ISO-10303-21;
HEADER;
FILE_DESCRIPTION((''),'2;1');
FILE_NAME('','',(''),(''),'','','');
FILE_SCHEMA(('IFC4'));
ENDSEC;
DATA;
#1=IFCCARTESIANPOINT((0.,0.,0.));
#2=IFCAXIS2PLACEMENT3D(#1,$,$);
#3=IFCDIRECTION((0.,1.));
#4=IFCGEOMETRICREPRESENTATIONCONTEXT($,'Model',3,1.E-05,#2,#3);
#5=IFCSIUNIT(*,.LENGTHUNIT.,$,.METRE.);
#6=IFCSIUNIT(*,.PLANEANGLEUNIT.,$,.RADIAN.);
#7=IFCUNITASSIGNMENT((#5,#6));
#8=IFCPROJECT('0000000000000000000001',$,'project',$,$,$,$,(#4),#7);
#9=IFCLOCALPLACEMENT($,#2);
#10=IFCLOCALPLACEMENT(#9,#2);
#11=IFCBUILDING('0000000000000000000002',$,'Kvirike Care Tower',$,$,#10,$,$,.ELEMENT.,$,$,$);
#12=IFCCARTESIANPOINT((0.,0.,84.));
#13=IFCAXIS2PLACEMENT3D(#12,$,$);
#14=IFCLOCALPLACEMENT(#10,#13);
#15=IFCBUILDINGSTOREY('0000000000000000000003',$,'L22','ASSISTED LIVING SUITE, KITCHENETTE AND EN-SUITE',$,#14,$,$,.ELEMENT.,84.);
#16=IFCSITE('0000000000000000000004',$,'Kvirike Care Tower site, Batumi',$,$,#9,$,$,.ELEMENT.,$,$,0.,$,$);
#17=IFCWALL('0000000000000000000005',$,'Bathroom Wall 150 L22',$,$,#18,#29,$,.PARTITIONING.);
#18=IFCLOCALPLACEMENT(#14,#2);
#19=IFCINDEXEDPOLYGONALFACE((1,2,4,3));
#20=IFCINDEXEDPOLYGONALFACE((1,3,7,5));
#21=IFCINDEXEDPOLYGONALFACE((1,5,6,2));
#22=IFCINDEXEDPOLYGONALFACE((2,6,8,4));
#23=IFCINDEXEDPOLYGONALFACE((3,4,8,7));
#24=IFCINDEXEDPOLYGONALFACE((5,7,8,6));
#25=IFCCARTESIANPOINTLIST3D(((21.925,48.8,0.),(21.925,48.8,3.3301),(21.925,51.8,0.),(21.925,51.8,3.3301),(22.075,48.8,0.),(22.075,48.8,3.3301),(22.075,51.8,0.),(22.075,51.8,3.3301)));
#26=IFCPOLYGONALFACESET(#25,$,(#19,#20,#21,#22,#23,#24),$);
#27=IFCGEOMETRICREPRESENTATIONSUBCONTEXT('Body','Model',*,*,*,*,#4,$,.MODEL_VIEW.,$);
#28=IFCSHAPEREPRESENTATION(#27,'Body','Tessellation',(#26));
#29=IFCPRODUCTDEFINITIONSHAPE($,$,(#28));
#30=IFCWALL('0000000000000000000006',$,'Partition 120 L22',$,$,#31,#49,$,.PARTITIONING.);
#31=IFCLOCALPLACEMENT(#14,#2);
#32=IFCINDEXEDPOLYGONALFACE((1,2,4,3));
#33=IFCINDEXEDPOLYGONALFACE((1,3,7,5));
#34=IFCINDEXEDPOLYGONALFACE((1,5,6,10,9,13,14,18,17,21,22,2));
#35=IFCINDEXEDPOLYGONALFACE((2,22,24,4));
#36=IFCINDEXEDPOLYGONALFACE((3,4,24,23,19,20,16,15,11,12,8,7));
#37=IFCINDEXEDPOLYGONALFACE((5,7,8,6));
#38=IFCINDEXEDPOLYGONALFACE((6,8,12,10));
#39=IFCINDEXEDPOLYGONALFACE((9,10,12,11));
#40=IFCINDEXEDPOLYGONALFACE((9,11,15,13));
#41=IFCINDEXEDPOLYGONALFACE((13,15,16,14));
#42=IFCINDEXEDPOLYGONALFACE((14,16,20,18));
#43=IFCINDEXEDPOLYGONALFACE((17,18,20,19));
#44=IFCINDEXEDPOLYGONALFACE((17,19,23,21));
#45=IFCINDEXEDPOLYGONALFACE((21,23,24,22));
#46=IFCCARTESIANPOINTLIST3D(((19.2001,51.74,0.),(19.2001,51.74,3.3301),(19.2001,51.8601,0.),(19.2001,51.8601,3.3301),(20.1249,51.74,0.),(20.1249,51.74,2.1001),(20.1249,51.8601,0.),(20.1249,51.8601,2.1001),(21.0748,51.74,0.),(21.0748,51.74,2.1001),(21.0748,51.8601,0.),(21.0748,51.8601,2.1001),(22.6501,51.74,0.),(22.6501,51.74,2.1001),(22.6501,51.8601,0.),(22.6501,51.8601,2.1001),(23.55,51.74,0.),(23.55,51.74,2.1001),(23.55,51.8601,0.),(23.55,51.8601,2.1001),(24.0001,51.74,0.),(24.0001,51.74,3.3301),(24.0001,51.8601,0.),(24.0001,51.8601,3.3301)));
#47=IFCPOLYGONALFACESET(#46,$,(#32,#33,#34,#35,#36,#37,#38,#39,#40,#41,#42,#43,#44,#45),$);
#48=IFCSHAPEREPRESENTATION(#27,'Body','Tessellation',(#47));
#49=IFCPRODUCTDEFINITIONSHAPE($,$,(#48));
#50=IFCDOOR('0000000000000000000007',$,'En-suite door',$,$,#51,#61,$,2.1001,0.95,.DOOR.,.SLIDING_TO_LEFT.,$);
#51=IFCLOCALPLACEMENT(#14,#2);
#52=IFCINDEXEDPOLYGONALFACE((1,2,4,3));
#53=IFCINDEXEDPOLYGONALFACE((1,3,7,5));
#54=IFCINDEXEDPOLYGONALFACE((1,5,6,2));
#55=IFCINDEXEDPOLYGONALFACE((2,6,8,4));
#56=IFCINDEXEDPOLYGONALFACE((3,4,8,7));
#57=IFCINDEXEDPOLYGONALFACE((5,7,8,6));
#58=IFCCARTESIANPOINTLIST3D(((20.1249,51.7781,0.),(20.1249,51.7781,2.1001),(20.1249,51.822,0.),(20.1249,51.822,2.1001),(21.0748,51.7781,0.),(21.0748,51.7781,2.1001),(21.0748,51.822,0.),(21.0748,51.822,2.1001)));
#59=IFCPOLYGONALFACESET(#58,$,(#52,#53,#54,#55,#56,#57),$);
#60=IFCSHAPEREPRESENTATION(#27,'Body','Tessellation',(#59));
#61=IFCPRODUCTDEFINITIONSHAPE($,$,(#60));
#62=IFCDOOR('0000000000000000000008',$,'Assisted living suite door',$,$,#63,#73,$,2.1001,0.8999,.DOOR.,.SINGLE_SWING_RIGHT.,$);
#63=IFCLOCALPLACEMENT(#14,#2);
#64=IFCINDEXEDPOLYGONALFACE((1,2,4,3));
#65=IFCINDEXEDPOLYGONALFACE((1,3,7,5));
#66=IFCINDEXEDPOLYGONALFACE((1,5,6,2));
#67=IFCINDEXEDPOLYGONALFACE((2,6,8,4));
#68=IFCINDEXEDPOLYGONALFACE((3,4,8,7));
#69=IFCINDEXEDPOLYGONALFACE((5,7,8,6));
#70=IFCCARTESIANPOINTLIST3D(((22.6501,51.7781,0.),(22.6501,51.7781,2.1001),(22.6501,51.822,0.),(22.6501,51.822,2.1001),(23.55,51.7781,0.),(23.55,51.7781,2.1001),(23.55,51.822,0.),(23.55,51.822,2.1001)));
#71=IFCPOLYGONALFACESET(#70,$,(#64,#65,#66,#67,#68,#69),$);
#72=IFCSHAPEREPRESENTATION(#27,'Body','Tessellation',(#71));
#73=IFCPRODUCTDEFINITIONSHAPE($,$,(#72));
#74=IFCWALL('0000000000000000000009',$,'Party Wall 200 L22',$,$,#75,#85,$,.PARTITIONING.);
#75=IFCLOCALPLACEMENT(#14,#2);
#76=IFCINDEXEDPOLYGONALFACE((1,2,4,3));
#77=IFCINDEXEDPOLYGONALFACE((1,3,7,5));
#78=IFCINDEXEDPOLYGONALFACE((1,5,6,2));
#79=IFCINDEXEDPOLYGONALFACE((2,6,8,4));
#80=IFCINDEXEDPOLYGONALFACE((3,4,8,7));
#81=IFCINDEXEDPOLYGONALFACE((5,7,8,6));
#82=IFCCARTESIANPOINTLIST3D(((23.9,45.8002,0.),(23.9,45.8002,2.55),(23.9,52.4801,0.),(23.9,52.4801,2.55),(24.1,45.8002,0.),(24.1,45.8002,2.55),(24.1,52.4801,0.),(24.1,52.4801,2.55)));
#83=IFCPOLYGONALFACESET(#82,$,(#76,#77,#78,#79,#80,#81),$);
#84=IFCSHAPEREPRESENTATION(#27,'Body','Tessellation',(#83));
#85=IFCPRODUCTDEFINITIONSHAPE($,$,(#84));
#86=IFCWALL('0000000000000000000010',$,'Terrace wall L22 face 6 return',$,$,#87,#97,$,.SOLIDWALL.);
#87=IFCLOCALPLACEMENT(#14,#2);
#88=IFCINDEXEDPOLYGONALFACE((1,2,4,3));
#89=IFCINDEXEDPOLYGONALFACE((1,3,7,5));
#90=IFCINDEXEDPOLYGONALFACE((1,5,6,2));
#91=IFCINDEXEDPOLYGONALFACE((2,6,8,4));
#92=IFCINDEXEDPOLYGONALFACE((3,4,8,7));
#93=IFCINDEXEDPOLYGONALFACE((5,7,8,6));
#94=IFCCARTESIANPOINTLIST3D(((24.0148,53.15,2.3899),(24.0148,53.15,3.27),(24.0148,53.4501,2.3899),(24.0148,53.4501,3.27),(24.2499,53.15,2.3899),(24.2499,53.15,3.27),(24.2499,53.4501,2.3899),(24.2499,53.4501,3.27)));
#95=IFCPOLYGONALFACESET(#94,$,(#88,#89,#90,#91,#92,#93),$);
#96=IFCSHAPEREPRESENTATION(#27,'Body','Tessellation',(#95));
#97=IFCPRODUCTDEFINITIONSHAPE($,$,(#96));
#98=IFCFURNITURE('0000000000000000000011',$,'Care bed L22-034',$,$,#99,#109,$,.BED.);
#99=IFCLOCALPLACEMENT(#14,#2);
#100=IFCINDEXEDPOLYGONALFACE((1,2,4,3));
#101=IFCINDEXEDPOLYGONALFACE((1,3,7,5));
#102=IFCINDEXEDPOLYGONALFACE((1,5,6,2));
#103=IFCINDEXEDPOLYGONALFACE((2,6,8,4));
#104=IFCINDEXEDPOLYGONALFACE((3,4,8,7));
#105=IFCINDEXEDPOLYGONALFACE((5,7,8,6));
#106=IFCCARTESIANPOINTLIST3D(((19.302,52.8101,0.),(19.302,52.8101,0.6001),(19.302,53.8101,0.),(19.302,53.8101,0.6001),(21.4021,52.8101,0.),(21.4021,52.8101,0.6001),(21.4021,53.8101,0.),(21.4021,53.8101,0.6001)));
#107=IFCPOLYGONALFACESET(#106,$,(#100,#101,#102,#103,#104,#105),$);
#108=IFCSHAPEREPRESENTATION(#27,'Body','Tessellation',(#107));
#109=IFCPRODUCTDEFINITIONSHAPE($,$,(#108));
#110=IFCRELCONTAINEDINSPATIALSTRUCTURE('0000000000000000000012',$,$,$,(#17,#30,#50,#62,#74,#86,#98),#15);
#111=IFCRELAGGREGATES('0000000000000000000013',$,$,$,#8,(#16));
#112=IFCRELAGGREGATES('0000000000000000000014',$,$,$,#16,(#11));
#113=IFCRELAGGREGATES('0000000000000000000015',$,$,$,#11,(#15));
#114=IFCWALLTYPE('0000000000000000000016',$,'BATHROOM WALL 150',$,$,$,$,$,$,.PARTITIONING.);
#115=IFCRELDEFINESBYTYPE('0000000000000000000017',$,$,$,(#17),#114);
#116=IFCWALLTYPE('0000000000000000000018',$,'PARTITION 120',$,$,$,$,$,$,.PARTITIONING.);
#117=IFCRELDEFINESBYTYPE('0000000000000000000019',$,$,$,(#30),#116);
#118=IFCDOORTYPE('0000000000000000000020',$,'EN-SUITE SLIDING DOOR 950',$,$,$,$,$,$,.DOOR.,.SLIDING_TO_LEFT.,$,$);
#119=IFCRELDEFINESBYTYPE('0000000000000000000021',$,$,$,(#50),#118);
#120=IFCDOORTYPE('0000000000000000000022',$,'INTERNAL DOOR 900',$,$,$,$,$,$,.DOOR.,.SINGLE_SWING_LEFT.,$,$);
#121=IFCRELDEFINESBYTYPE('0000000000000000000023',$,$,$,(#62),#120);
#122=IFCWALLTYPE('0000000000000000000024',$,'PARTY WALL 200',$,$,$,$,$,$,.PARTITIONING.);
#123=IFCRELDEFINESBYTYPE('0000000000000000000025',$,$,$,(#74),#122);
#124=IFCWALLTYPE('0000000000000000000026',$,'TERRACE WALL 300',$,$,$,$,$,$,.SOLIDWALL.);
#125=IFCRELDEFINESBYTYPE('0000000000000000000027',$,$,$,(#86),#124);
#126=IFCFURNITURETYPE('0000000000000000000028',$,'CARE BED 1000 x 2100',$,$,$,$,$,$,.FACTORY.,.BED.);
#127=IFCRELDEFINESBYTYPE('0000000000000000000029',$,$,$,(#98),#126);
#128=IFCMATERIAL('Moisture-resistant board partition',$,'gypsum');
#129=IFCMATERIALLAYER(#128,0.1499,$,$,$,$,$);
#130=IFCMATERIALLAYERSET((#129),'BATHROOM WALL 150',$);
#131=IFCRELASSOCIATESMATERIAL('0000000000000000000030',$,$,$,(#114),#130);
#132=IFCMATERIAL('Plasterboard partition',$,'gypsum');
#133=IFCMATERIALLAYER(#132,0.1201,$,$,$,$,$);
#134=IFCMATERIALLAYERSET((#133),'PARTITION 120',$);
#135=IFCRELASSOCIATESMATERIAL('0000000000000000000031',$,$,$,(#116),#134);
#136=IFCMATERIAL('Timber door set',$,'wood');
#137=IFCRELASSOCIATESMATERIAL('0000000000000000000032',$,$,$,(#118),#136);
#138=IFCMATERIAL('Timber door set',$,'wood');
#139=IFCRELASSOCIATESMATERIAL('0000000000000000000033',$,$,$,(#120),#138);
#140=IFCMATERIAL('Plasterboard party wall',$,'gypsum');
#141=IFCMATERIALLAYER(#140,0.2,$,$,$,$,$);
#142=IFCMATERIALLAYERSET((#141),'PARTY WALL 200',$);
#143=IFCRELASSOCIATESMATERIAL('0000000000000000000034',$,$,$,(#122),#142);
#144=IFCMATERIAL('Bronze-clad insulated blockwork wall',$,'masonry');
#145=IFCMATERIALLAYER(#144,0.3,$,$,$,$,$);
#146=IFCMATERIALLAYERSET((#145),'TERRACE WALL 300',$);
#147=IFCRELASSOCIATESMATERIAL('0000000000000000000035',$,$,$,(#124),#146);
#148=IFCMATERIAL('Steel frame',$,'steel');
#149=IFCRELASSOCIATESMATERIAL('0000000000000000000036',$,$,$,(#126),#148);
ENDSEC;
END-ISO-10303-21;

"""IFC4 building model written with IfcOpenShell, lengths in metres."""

from ifc_helpers import new_model, si_unit, direction, frame, frame_2d, origin, origin_2d, place, context, subcontext, project, spatial, rectangle, extrude, material, layer, layer_set, type_object, element, fill, save


model = new_model("IFC4")

# Units and contexts
model_context = context("Model", 3, precision=1e-05, world=origin(), true_north=direction((0.0, 1.0)))
body_context = subcontext(model_context, "Body", "Model", "MODEL_VIEW")
ifc_project = project(units=[si_unit("LENGTHUNIT", "METRE"), si_unit("PLANEANGLEUNIT", "RADIAN")], contexts=[model_context])

# Site, building, storey
site_placement = place(None, origin())
site = spatial("IfcSite", under=ifc_project, at=site_placement, Name="Kvirike Care Tower site, Batumi", CompositionType="ELEMENT", RefElevation=0.0)
building_placement = place(site_placement, origin())
building = spatial("IfcBuilding", under=site, at=building_placement, Name="Kvirike Care Tower", CompositionType="ELEMENT")
storey_placement = place(building_placement, frame((0.0, 0.0, 84.0)))
storey = spatial("IfcBuildingStorey", under=building, at=storey_placement, Name="L22", Description="ASSISTED LIVING SUITE, KITCHENETTE AND EN-SUITE", CompositionType="ELEMENT", Elevation=84.0)

# Wall
ifc_material_1 = material(Name="Moisture-resistant board partition", Category="gypsum")
ifc_layer_1 = layer(ifc_material_1, 0.1499)
ifc_layer_set_1 = layer_set([ifc_layer_1], Name="BATHROOM WALL 150")
wall_type_1 = type_object("IfcWallType", Name="BATHROOM WALL 150", PredefinedType="PARTITIONING", material=ifc_layer_set_1)
wall_1_placement = place(storey_placement, frame((22.0, 51.8, 0.0), z_axis=(0.0, 0.0, 1.0), x_axis=(0.0, -1.0, 0.0)))
element("IfcWall", 1, at=wall_1_placement, inside=storey, type_object=wall_type_1, Name="Bathroom Wall 150 L22", PredefinedType="PARTITIONING", context=body_context, shape_type="SweptSolid", body=[
    extrude(rectangle(XDim=3.0, YDim=0.1499, at=frame_2d((1.5, 0.0))), origin(), (0.0, 0.0, 1.0), 3.3301),
])

# Wall, openings, doors
ifc_material_2 = material(Name="Plasterboard partition", Category="gypsum")
ifc_layer_2 = layer(ifc_material_2, 0.1201)
ifc_layer_set_2 = layer_set([ifc_layer_2], Name="PARTITION 120")
wall_type_2 = type_object("IfcWallType", Name="PARTITION 120", PredefinedType="PARTITIONING", material=ifc_layer_set_2)
wall_2_placement = place(storey_placement, frame((24.0, 51.8, 0.0), z_axis=(0.0, 0.0, 1.0), x_axis=(-1.0, 0.0, 0.0)))
wall_2 = element("IfcWall", 2, at=wall_2_placement, inside=storey, type_object=wall_type_2, Name="Partition 120 L22", PredefinedType="PARTITIONING", context=body_context, shape_type="SweptSolid", body=[
    extrude(rectangle(XDim=4.8, YDim=0.1201, at=frame_2d((2.3999, 0.0))), origin(), (0.0, 0.0, 1.0), 3.3301),
])
opening_1_placement = place(wall_2_placement, frame((0.45, 0.0, 0.0)))
opening_1 = element("IfcOpeningElement", 3, at=opening_1_placement, cuts=wall_2, PredefinedType="OPENING", context=body_context, shape_type="SweptSolid", body=[
    extrude(rectangle(XDim=0.8999, YDim=2.1001, at=frame_2d((0.45, 1.05))), frame((0.0, 0.0706, 0.0), z_axis=(0.0, -1.0, 0.0), x_axis=(1.0, 0.0, 0.0)), (0.0, 0.0, 1.0), 0.1411),
])
opening_2_placement = place(wall_2_placement, frame((2.925, 0.0, 0.0)))
opening_2 = element("IfcOpeningElement", 4, at=opening_2_placement, cuts=wall_2, PredefinedType="OPENING", context=body_context, shape_type="SweptSolid", body=[
    extrude(rectangle(XDim=0.95, YDim=2.1001, at=frame_2d((0.4751, 1.05))), frame((0.0, 0.0706, 0.0), z_axis=(0.0, -1.0, 0.0), x_axis=(1.0, 0.0, 0.0)), (0.0, 0.0, 1.0), 0.1411),
])
ifc_material_3 = material(Name="Timber door set", Category="wood")
door_type_1 = type_object("IfcDoorType", Name="EN-SUITE SLIDING DOOR 950", OperationType="SLIDING_TO_LEFT", PredefinedType="DOOR", material=ifc_material_3)
door_1_placement = place(opening_2_placement, origin())
door_1 = element("IfcDoor", 5, at=door_1_placement, inside=storey, type_object=door_type_1, Name="En-suite door", OperationType="SLIDING_TO_LEFT", OverallHeight=2.1001, OverallWidth=0.95, PredefinedType="DOOR", context=body_context, shape_type="SweptSolid", body=[
    extrude(rectangle(XDim=0.95, YDim=2.1001, at=frame_2d((0.4751, 1.05))), frame((0.0, 0.022, 0.0), z_axis=(0.0, -1.0, 0.0), x_axis=(1.0, 0.0, 0.0)), (0.0, 0.0, 1.0), 0.0439),
])
fill(opening_2, door_1)
ifc_material_4 = material(Name="Timber door set", Category="wood")
door_type_2 = type_object("IfcDoorType", Name="INTERNAL DOOR 900", OperationType="SINGLE_SWING_LEFT", PredefinedType="DOOR", material=ifc_material_4)
door_2_placement = place(opening_1_placement, origin())
door_2 = element("IfcDoor", 6, at=door_2_placement, inside=storey, type_object=door_type_2, Name="Assisted living suite door", OperationType="SINGLE_SWING_RIGHT", OverallHeight=2.1001, OverallWidth=0.8999, PredefinedType="DOOR", context=body_context, shape_type="SweptSolid", body=[
    extrude(rectangle(XDim=0.8999, YDim=2.1001, at=frame_2d((0.45, 1.05))), frame((0.0, 0.022, 0.0), z_axis=(0.0, -1.0, 0.0), x_axis=(1.0, 0.0, 0.0)), (0.0, 0.0, 1.0), 0.0439),
])
fill(opening_1, door_2)

# Wall
ifc_material_5 = material(Name="Plasterboard party wall", Category="gypsum")
ifc_layer_3 = layer(ifc_material_5, 0.2)
ifc_layer_set_3 = layer_set([ifc_layer_3], Name="PARTY WALL 200")
wall_type_3 = type_object("IfcWallType", Name="PARTY WALL 200", PredefinedType="PARTITIONING", material=ifc_layer_set_3)
wall_3_placement = place(storey_placement, frame((24.0, 52.48, 0.0), z_axis=(0.0, 0.0, 1.0), x_axis=(0.0, -1.0, 0.0)))
element("IfcWall", 7, at=wall_3_placement, inside=storey, type_object=wall_type_3, Name="Party Wall 200 L22", PredefinedType="PARTITIONING", context=body_context, shape_type="SweptSolid", body=[
    extrude(rectangle(XDim=6.6799, YDim=0.2, at=frame_2d((3.3398, 0.0))), origin(), (0.0, 0.0, 1.0), 2.55),
])

# Shared definitions
ifc_material_6 = material(Name="Bronze-clad insulated blockwork wall", Category="masonry")
ifc_layer_4 = layer(ifc_material_6, 0.3)
ifc_layer_set_4 = layer_set([ifc_layer_4], Name="TERRACE WALL 300")
wall_type_4 = type_object("IfcWallType", Name="TERRACE WALL 300", PredefinedType="SOLIDWALL", material=ifc_layer_set_4)

# Wall
wall_4_placement = place(storey_placement, frame((24.25, 53.3, 2.3899), z_axis=(0.0, 0.0, 1.0), x_axis=(-1.0, 0.0, 0.0)))
element("IfcWall", 8, at=wall_4_placement, inside=storey, type_object=wall_type_4, Name="Terrace wall L22 face 6 return", PredefinedType="SOLIDWALL", context=body_context, shape_type="SweptSolid", body=[
    extrude(rectangle(XDim=0.2351, YDim=0.3, at=frame_2d((0.1177, 0.0))), origin(), (0.0, 0.0, 1.0), 0.8801),
])

# Furniture
ifc_material_7 = material(Name="Steel frame", Category="steel")
furniture_type = type_object("IfcFurnitureType", Name="CARE BED 1000 x 2100", AssemblyPlace="FACTORY", PredefinedType="BED", material=ifc_material_7)
furniture_placement = place(storey_placement, frame((20.3521, 53.3101, 0.0), z_axis=(0.0, 0.0, 1.0), x_axis=(0.0, 1.0, 0.0)))
element("IfcFurniture", 9, at=furniture_placement, inside=storey, type_object=furniture_type, Name="Care bed L22-034", PredefinedType="BED", context=body_context, shape_type="SweptSolid", body=[
    extrude(rectangle(XDim=1.0, YDim=2.1001, at=origin_2d()), origin(), (0.0, 0.0, 1.0), 0.6001),
])

save(model, "model.ifc")
